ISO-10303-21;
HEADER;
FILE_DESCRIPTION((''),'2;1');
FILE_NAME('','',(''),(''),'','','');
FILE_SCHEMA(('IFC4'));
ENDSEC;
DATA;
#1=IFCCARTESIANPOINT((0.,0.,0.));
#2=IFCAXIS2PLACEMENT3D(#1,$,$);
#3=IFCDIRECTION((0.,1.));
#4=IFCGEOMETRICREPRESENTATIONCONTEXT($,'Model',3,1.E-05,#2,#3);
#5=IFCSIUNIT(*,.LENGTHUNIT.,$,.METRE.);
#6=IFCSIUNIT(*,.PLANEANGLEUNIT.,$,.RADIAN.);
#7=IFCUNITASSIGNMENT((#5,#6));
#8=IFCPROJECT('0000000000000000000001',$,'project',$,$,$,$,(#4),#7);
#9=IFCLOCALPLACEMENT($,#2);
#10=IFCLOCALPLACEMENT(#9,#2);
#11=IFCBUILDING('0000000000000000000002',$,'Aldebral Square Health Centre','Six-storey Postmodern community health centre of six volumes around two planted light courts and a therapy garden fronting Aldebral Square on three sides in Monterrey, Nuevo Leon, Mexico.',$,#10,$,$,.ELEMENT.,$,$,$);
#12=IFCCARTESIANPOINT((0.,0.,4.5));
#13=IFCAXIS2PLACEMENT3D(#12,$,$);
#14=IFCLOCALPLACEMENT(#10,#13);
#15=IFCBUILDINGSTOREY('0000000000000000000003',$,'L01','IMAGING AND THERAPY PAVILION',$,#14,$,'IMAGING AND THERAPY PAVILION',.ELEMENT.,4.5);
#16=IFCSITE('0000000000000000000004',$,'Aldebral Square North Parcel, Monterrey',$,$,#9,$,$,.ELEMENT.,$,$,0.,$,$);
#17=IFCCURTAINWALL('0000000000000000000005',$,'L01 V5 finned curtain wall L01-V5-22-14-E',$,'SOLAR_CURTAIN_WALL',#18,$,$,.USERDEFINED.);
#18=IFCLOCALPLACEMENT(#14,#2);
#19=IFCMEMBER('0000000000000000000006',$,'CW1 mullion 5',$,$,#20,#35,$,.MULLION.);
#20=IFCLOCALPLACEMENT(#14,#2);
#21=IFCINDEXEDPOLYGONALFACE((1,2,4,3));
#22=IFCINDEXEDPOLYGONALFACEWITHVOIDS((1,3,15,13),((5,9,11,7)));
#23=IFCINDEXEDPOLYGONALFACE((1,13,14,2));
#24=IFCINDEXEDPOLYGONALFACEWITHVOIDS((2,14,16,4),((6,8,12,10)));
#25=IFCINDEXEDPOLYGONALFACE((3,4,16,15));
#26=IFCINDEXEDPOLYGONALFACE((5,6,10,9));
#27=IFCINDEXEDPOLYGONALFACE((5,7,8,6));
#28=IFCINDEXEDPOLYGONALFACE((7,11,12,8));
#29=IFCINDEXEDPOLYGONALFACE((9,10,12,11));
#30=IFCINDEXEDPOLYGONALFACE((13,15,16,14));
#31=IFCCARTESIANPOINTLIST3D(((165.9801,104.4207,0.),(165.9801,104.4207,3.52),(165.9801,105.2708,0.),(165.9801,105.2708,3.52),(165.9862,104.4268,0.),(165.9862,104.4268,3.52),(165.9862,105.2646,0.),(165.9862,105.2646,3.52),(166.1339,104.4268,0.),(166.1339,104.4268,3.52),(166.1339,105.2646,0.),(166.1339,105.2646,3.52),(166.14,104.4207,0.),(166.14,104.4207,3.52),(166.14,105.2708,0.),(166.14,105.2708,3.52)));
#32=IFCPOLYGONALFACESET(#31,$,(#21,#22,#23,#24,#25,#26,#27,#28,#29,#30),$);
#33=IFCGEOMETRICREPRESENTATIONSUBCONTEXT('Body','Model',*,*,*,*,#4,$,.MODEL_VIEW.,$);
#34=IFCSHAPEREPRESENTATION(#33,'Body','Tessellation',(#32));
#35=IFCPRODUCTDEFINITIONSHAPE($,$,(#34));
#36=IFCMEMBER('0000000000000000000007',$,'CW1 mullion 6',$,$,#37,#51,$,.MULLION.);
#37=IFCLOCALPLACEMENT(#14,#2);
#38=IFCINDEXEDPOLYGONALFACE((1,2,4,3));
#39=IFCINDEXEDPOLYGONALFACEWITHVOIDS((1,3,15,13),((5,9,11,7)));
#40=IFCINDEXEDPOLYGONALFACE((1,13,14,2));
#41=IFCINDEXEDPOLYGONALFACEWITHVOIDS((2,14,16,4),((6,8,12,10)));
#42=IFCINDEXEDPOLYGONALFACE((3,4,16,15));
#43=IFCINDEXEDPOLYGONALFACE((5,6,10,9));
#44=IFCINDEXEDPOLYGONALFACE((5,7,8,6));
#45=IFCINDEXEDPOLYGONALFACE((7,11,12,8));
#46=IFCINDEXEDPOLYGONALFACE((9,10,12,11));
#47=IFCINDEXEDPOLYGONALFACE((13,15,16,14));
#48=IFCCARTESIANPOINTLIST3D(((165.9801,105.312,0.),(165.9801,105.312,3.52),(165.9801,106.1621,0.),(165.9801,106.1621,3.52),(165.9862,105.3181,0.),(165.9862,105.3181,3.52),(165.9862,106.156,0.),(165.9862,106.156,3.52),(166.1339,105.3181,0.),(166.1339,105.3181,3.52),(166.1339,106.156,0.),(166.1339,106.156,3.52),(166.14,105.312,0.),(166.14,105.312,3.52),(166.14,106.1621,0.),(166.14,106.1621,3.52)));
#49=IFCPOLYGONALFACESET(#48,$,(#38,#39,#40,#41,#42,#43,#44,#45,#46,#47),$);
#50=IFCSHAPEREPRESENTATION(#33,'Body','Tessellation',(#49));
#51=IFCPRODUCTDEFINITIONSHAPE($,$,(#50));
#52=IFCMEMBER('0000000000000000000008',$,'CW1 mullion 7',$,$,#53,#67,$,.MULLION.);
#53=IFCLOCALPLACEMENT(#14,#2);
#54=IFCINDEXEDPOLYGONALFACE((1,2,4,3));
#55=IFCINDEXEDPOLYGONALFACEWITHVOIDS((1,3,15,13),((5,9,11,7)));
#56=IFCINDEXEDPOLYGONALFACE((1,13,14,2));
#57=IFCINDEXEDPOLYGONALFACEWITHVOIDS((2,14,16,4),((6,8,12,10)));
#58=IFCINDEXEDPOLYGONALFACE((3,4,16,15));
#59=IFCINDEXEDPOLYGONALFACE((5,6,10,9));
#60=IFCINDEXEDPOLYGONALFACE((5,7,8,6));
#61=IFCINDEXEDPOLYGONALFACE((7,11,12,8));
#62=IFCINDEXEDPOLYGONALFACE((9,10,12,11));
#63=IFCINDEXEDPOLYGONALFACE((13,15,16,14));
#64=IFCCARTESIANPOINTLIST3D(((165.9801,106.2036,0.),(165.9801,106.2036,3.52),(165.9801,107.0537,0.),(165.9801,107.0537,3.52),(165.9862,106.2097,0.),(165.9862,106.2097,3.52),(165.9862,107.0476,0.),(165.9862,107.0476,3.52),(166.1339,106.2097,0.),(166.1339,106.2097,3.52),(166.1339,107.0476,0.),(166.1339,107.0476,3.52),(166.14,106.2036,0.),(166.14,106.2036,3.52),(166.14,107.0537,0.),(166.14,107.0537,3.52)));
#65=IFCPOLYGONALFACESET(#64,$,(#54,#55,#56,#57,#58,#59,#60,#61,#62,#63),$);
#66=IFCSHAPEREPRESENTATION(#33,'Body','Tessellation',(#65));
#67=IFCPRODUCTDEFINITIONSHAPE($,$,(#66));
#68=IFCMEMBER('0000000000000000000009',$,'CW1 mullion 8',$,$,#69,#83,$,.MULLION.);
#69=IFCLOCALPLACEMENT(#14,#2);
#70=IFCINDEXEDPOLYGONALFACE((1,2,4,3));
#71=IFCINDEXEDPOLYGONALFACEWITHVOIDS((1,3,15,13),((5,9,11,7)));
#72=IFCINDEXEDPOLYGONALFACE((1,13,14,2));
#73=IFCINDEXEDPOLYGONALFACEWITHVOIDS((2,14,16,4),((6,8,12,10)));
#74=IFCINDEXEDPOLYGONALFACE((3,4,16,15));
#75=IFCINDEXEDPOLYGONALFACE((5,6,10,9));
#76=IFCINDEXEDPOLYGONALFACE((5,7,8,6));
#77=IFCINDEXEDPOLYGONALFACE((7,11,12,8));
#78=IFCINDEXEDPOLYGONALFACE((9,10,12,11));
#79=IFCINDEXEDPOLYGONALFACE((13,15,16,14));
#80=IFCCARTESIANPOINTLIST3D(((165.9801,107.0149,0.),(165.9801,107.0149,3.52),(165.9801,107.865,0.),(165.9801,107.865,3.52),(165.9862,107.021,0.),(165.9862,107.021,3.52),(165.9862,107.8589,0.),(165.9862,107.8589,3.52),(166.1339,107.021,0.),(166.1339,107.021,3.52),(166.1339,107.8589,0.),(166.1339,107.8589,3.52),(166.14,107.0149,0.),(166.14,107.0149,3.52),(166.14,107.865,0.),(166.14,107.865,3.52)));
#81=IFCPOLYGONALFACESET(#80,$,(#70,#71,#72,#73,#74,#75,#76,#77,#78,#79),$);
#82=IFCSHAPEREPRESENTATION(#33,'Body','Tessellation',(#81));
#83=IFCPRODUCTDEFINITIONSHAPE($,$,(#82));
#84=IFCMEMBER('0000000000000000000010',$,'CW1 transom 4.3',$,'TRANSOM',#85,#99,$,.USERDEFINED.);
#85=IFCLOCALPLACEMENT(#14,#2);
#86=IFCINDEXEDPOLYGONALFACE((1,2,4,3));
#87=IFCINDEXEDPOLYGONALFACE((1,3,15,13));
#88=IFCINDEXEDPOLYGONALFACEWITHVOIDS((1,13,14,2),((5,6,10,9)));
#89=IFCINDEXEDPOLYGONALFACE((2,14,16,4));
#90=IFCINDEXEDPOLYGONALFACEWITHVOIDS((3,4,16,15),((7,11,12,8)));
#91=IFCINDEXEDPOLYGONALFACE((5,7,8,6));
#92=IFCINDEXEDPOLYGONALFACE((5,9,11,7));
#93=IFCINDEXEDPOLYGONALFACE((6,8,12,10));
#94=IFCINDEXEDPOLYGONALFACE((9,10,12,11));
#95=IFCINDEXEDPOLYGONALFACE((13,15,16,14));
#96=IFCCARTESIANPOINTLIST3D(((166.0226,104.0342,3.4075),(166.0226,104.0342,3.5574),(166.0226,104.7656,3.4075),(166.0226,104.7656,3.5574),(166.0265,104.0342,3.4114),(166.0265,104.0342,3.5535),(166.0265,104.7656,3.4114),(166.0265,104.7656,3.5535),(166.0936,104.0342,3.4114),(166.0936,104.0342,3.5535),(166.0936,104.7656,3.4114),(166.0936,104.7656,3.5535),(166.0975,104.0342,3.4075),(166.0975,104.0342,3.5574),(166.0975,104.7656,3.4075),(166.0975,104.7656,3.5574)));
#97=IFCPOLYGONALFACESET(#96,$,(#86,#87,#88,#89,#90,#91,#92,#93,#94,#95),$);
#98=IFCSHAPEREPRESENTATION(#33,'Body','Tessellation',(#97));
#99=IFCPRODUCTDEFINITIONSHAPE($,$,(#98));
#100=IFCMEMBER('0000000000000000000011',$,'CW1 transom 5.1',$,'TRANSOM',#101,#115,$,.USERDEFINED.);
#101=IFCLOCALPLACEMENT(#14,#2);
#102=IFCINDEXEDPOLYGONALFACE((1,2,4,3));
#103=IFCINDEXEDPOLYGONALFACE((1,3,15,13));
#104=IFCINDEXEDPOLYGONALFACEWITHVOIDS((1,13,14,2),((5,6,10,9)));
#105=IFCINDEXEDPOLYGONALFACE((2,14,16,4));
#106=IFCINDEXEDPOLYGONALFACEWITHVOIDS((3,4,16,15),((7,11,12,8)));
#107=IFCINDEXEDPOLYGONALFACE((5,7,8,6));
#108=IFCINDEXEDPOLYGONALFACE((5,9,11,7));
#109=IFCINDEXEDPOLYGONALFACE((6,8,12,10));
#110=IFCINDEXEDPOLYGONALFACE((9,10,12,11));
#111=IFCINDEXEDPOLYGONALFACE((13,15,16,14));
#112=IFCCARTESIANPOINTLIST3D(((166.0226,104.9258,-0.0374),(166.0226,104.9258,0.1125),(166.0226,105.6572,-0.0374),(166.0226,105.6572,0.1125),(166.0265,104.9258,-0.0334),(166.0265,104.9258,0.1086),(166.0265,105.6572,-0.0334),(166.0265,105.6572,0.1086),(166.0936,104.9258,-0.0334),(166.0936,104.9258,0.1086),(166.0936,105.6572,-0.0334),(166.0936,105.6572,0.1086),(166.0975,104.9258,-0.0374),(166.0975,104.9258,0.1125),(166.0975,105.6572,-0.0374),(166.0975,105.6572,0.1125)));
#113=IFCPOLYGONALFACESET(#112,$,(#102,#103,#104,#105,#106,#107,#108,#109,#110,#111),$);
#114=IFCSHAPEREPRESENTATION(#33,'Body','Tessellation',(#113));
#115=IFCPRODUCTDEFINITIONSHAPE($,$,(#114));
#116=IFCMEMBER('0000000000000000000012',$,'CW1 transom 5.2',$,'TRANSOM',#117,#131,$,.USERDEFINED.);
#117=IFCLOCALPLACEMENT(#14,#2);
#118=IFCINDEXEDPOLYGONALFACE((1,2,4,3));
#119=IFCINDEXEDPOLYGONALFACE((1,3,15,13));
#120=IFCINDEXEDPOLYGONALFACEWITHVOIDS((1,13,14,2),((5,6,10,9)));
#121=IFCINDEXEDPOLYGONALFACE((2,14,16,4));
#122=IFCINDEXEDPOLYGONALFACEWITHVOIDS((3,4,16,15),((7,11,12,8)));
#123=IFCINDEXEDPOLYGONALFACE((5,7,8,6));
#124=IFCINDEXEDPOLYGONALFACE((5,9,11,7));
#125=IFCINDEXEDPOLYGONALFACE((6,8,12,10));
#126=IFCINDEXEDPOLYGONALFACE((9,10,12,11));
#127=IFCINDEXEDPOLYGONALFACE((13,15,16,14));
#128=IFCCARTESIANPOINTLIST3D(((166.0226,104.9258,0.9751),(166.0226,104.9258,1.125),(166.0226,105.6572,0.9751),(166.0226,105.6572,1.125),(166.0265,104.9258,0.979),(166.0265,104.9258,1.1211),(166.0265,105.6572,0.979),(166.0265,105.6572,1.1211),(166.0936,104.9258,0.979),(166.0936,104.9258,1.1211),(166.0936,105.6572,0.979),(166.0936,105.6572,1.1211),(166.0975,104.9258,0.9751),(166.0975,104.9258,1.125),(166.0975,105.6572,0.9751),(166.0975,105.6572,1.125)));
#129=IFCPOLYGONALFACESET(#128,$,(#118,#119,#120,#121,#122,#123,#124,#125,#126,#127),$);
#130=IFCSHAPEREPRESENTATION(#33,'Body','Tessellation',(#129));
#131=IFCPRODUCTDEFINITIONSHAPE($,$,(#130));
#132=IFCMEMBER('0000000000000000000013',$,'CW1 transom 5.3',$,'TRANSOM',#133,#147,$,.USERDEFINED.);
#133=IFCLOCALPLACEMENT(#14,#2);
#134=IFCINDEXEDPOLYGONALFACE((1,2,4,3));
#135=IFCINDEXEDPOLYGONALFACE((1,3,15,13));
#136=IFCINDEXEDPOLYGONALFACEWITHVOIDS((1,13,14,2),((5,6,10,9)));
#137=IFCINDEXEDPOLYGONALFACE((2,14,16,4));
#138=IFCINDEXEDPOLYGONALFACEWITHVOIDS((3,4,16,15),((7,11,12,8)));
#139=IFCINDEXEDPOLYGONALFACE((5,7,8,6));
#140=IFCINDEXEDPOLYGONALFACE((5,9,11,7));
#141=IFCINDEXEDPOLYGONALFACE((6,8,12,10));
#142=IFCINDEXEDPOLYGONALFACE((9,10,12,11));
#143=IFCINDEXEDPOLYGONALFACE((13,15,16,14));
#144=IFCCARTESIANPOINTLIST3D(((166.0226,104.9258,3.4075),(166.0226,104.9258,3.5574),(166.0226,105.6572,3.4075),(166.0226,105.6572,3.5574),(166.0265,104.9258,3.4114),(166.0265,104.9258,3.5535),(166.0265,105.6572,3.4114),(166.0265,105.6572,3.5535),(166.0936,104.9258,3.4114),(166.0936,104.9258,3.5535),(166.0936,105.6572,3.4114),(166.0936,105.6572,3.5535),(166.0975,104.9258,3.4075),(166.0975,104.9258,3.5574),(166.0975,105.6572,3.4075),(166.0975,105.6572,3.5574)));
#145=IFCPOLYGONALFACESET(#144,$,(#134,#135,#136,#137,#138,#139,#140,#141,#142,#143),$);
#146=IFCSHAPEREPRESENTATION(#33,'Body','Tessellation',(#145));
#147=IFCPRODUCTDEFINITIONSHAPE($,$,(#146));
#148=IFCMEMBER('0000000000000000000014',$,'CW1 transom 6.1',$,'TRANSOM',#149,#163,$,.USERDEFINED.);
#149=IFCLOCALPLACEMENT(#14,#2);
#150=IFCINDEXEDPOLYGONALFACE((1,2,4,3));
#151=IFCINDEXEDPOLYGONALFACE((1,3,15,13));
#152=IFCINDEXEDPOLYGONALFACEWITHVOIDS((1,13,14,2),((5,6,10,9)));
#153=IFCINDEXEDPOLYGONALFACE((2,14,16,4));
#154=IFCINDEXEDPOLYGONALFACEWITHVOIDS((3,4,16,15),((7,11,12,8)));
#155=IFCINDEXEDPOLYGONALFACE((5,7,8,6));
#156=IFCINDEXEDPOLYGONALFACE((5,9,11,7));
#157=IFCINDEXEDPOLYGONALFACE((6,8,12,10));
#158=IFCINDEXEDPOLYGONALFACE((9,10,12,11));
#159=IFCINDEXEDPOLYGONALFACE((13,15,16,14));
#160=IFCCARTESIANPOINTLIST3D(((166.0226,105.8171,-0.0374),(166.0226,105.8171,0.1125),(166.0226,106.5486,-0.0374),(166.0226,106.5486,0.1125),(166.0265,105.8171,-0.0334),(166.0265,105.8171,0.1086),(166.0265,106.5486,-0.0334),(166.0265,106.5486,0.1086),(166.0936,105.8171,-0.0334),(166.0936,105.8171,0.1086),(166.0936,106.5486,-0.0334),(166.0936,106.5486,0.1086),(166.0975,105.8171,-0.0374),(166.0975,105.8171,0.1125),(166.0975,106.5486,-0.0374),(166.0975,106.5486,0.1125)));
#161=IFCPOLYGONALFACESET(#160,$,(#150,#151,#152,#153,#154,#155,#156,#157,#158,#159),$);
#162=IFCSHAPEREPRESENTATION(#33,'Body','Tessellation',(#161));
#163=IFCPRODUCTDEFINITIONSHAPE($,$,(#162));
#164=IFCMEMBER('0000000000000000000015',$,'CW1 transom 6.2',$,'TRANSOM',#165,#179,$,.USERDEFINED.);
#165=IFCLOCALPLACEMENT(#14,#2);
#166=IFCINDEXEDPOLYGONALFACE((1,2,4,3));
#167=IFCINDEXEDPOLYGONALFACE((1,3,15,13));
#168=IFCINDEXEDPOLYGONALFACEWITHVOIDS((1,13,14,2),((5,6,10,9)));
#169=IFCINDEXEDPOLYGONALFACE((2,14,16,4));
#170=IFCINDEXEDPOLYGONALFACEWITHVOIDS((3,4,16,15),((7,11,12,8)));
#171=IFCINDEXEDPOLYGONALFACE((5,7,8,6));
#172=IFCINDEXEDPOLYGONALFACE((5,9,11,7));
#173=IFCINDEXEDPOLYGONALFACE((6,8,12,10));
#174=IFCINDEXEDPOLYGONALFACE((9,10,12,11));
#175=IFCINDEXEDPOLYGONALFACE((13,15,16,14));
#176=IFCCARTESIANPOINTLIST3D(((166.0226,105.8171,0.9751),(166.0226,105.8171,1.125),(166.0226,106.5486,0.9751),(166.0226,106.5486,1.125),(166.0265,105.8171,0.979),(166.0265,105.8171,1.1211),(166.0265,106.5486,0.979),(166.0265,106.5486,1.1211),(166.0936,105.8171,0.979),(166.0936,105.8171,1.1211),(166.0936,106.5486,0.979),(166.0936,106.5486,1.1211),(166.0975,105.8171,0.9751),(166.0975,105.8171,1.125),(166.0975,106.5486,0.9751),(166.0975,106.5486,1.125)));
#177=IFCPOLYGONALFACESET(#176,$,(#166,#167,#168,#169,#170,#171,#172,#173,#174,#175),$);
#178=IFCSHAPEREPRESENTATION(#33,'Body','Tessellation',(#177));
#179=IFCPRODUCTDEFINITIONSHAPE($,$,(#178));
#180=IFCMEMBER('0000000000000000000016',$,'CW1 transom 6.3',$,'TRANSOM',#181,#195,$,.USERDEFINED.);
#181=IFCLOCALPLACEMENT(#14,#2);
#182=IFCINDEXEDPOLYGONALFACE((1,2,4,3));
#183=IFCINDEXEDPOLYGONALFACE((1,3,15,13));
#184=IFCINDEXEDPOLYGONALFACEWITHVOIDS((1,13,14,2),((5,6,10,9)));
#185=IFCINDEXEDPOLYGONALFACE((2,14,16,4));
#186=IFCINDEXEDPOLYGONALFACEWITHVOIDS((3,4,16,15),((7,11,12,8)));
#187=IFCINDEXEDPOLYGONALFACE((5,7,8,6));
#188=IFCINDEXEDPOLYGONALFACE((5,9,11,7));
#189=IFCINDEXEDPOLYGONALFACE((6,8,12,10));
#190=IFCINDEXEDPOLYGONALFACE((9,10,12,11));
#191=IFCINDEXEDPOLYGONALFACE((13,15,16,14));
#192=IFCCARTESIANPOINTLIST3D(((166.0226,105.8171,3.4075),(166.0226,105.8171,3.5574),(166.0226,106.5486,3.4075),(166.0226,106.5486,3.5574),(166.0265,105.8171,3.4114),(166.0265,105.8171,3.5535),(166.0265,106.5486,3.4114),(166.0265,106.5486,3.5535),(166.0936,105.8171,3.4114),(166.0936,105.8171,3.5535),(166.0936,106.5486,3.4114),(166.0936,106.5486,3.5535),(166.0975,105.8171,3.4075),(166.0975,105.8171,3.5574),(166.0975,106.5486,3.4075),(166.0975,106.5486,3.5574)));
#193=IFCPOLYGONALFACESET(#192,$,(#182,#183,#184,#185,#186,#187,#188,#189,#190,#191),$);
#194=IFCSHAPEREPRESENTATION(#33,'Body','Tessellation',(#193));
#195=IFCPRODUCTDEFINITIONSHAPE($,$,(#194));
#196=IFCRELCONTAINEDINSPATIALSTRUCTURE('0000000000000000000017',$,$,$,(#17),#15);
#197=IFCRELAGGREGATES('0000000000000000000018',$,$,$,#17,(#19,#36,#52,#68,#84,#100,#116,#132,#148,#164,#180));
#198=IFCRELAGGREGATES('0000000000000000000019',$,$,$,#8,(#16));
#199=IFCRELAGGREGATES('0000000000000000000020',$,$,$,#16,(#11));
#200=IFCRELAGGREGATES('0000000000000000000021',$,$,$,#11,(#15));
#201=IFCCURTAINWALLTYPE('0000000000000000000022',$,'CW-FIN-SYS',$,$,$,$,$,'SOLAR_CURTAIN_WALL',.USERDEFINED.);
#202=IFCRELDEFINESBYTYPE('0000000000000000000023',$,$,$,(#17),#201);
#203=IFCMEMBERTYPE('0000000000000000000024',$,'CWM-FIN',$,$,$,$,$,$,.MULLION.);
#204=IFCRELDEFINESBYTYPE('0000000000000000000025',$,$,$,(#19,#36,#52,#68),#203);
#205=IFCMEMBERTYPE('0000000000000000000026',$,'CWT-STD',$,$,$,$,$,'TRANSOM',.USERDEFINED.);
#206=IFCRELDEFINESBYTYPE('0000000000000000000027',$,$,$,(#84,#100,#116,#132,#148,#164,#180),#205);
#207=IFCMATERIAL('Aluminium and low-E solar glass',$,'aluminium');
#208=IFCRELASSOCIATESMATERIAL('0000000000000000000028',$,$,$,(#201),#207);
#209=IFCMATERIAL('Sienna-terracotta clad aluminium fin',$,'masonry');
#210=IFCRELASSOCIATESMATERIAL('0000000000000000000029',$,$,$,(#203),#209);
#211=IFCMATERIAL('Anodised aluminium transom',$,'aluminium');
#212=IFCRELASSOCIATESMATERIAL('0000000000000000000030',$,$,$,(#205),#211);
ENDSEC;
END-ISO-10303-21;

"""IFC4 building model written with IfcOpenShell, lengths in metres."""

from ifc_helpers import new_model, si_unit, direction, frame, origin, origin_2d, place, context, subcontext, project, spatial, hollow_rectangle, extrude, material, material_profile, profile_set, type_object, element, aggregate, save


model = new_model("IFC4")

# Units and contexts
model_context = context("Model", 3, precision=1e-05, world=origin(), true_north=direction((0.0, 1.0)))
body_context = subcontext(model_context, "Body", "Model", "MODEL_VIEW")
ifc_project = project(units=[si_unit("LENGTHUNIT", "METRE"), si_unit("PLANEANGLEUNIT", "RADIAN")], contexts=[model_context])

# Site, building, storey
site_placement = place(None, origin())
site = spatial("IfcSite", under=ifc_project, at=site_placement, Name="Aldebral Square North Parcel, Monterrey", CompositionType="ELEMENT", RefElevation=0.0)
building_placement = place(site_placement, origin())
building = spatial("IfcBuilding", under=site, at=building_placement, Name="Aldebral Square Health Centre", Description="Six-storey Postmodern community health centre of six volumes around two planted light courts and a therapy garden fronting Aldebral Square on three sides in Monterrey, Nuevo Leon, Mexico.", CompositionType="ELEMENT")
storey_placement = place(building_placement, frame((0.0, 0.0, 4.5)))
storey = spatial("IfcBuildingStorey", under=building, at=storey_placement, Name="L01", Description="IMAGING AND THERAPY PAVILION", LongName="IMAGING AND THERAPY PAVILION", CompositionType="ELEMENT", Elevation=4.5)

# Curtain wall, members
ifc_material_1 = material(Name="Aluminium and low-E solar glass", Category="aluminium")
curtain_wall_type = type_object("IfcCurtainWallType", Name="CW-FIN-SYS", ElementType="SOLAR_CURTAIN_WALL", PredefinedType="USERDEFINED", material=ifc_material_1)
curtain_wall_placement = place(storey_placement, origin())
curtain_wall = element("IfcCurtainWall", 1, at=curtain_wall_placement, inside=storey, type_object=curtain_wall_type, Name="L01 V5 finned curtain wall L01-V5-22-14-E", ObjectType="SOLAR_CURTAIN_WALL", PredefinedType="USERDEFINED")
ifc_material_2 = material(Name="Sienna-terracotta clad aluminium fin", Category="masonry")
ifc_material_profile_1 = material_profile(ifc_material_2, hollow_rectangle(XDim=0.1599, YDim=0.8501, WallThickness=0.0061, at=origin_2d()), Name="FIN 160x850x6")
ifc_profile_set_1 = profile_set([ifc_material_profile_1], Name="Sienna-terracotta clad aluminium fin")
member_type_1 = type_object("IfcMemberType", Name="CWM-FIN", PredefinedType="MULLION", material=ifc_profile_set_1)
member_1_placement = place(storey_placement, frame((166.0601, 104.8457, 0.0), z_axis=(0.0, 0.0, 1.0), x_axis=(-1.0, 0.0, 0.0)))
member_1 = element("IfcMember", 2, at=member_1_placement, type_object=member_type_1, Name="CW1 mullion 5", PredefinedType="MULLION", context=body_context, shape_type="SweptSolid", body=[
    extrude(hollow_rectangle(XDim=0.1599, YDim=0.8501, WallThickness=0.0061, at=origin_2d()), origin(), (0.0, 0.0, 1.0), 3.52),
])
member_2_placement = place(storey_placement, frame((166.0601, 105.7371, 0.0), z_axis=(0.0, 0.0, 1.0), x_axis=(-1.0, 0.0, 0.0)))
member_2 = element("IfcMember", 3, at=member_2_placement, type_object=member_type_1, Name="CW1 mullion 6", PredefinedType="MULLION", context=body_context, shape_type="SweptSolid", body=[
    extrude(hollow_rectangle(XDim=0.1599, YDim=0.8501, WallThickness=0.0061, at=origin_2d()), origin(), (0.0, 0.0, 1.0), 3.52),
])
member_3_placement = place(storey_placement, frame((166.0601, 106.6287, 0.0), z_axis=(0.0, 0.0, 1.0), x_axis=(-1.0, 0.0, 0.0)))
member_3 = element("IfcMember", 4, at=member_3_placement, type_object=member_type_1, Name="CW1 mullion 7", PredefinedType="MULLION", context=body_context, shape_type="SweptSolid", body=[
    extrude(hollow_rectangle(XDim=0.1599, YDim=0.8501, WallThickness=0.0061, at=origin_2d()), origin(), (0.0, 0.0, 1.0), 3.52),
])
member_4_placement = place(storey_placement, frame((166.0601, 107.4399, 0.0), z_axis=(0.0, 0.0, 1.0), x_axis=(-1.0, 0.0, 0.0)))
member_4 = element("IfcMember", 5, at=member_4_placement, type_object=member_type_1, Name="CW1 mullion 8", PredefinedType="MULLION", context=body_context, shape_type="SweptSolid", body=[
    extrude(hollow_rectangle(XDim=0.1599, YDim=0.8501, WallThickness=0.0061, at=origin_2d()), origin(), (0.0, 0.0, 1.0), 3.52),
])
ifc_material_3 = material(Name="Anodised aluminium transom", Category="aluminium")
ifc_material_profile_2 = material_profile(ifc_material_3, hollow_rectangle(XDim=0.075, YDim=0.1499, WallThickness=0.0039, at=origin_2d()), Name="CWT 75x150x4")
ifc_profile_set_2 = profile_set([ifc_material_profile_2], Name="Anodised aluminium transom")
member_type_2 = type_object("IfcMemberType", Name="CWT-STD", ElementType="TRANSOM", PredefinedType="USERDEFINED", material=ifc_profile_set_2)
member_5_placement = place(storey_placement, frame((166.0601, 104.0342, 3.4824), z_axis=(0.0, 1.0, 0.0), x_axis=(-1.0, 0.0, 0.0)))
member_5 = element("IfcMember", 6, at=member_5_placement, type_object=member_type_2, Name="CW1 transom 4.3", ObjectType="TRANSOM", PredefinedType="USERDEFINED", context=body_context, shape_type="SweptSolid", body=[
    extrude(hollow_rectangle(XDim=0.075, YDim=0.1499, WallThickness=0.0039, at=origin_2d()), origin(), (0.0, 0.0, 1.0), 0.7314),
])
member_6_placement = place(storey_placement, frame((166.0601, 104.9258, 0.0376), z_axis=(0.0, 1.0, 0.0), x_axis=(-1.0, 0.0, 0.0)))
member_6 = element("IfcMember", 7, at=member_6_placement, type_object=member_type_2, Name="CW1 transom 5.1", ObjectType="TRANSOM", PredefinedType="USERDEFINED", context=body_context, shape_type="SweptSolid", body=[
    extrude(hollow_rectangle(XDim=0.075, YDim=0.1499, WallThickness=0.0039, at=origin_2d()), origin(), (0.0, 0.0, 1.0), 0.7314),
])
member_7_placement = place(storey_placement, frame((166.0601, 104.9258, 1.05), z_axis=(0.0, 1.0, 0.0), x_axis=(-1.0, 0.0, 0.0)))
member_7 = element("IfcMember", 8, at=member_7_placement, type_object=member_type_2, Name="CW1 transom 5.2", ObjectType="TRANSOM", PredefinedType="USERDEFINED", context=body_context, shape_type="SweptSolid", body=[
    extrude(hollow_rectangle(XDim=0.075, YDim=0.1499, WallThickness=0.0039, at=origin_2d()), origin(), (0.0, 0.0, 1.0), 0.7314),
])
member_8_placement = place(storey_placement, frame((166.0601, 104.9258, 3.4824), z_axis=(0.0, 1.0, 0.0), x_axis=(-1.0, 0.0, 0.0)))
member_8 = element("IfcMember", 9, at=member_8_placement, type_object=member_type_2, Name="CW1 transom 5.3", ObjectType="TRANSOM", PredefinedType="USERDEFINED", context=body_context, shape_type="SweptSolid", body=[
    extrude(hollow_rectangle(XDim=0.075, YDim=0.1499, WallThickness=0.0039, at=origin_2d()), origin(), (0.0, 0.0, 1.0), 0.7314),
])
member_9_placement = place(storey_placement, frame((166.0601, 105.8171, 0.0376), z_axis=(0.0, 1.0, 0.0), x_axis=(-1.0, 0.0, 0.0)))
member_9 = element("IfcMember", 10, at=member_9_placement, type_object=member_type_2, Name="CW1 transom 6.1", ObjectType="TRANSOM", PredefinedType="USERDEFINED", context=body_context, shape_type="SweptSolid", body=[
    extrude(hollow_rectangle(XDim=0.075, YDim=0.1499, WallThickness=0.0039, at=origin_2d()), origin(), (0.0, 0.0, 1.0), 0.7314),
])
member_10_placement = place(storey_placement, frame((166.0601, 105.8171, 1.05), z_axis=(0.0, 1.0, 0.0), x_axis=(-1.0, 0.0, 0.0)))
member_10 = element("IfcMember", 11, at=member_10_placement, type_object=member_type_2, Name="CW1 transom 6.2", ObjectType="TRANSOM", PredefinedType="USERDEFINED", context=body_context, shape_type="SweptSolid", body=[
    extrude(hollow_rectangle(XDim=0.075, YDim=0.1499, WallThickness=0.0039, at=origin_2d()), origin(), (0.0, 0.0, 1.0), 0.7314),
])
member_11_placement = place(storey_placement, frame((166.0601, 105.8171, 3.4824), z_axis=(0.0, 1.0, 0.0), x_axis=(-1.0, 0.0, 0.0)))
member_11 = element("IfcMember", 12, at=member_11_placement, type_object=member_type_2, Name="CW1 transom 6.3", ObjectType="TRANSOM", PredefinedType="USERDEFINED", context=body_context, shape_type="SweptSolid", body=[
    extrude(hollow_rectangle(XDim=0.075, YDim=0.1499, WallThickness=0.0039, at=origin_2d()), origin(), (0.0, 0.0, 1.0), 0.7314),
])
aggregate(curtain_wall, [member_1, member_2, member_3, member_4, member_5, member_6, member_7, member_8, member_9, member_10, member_11])

save(model, "model.ifc")
